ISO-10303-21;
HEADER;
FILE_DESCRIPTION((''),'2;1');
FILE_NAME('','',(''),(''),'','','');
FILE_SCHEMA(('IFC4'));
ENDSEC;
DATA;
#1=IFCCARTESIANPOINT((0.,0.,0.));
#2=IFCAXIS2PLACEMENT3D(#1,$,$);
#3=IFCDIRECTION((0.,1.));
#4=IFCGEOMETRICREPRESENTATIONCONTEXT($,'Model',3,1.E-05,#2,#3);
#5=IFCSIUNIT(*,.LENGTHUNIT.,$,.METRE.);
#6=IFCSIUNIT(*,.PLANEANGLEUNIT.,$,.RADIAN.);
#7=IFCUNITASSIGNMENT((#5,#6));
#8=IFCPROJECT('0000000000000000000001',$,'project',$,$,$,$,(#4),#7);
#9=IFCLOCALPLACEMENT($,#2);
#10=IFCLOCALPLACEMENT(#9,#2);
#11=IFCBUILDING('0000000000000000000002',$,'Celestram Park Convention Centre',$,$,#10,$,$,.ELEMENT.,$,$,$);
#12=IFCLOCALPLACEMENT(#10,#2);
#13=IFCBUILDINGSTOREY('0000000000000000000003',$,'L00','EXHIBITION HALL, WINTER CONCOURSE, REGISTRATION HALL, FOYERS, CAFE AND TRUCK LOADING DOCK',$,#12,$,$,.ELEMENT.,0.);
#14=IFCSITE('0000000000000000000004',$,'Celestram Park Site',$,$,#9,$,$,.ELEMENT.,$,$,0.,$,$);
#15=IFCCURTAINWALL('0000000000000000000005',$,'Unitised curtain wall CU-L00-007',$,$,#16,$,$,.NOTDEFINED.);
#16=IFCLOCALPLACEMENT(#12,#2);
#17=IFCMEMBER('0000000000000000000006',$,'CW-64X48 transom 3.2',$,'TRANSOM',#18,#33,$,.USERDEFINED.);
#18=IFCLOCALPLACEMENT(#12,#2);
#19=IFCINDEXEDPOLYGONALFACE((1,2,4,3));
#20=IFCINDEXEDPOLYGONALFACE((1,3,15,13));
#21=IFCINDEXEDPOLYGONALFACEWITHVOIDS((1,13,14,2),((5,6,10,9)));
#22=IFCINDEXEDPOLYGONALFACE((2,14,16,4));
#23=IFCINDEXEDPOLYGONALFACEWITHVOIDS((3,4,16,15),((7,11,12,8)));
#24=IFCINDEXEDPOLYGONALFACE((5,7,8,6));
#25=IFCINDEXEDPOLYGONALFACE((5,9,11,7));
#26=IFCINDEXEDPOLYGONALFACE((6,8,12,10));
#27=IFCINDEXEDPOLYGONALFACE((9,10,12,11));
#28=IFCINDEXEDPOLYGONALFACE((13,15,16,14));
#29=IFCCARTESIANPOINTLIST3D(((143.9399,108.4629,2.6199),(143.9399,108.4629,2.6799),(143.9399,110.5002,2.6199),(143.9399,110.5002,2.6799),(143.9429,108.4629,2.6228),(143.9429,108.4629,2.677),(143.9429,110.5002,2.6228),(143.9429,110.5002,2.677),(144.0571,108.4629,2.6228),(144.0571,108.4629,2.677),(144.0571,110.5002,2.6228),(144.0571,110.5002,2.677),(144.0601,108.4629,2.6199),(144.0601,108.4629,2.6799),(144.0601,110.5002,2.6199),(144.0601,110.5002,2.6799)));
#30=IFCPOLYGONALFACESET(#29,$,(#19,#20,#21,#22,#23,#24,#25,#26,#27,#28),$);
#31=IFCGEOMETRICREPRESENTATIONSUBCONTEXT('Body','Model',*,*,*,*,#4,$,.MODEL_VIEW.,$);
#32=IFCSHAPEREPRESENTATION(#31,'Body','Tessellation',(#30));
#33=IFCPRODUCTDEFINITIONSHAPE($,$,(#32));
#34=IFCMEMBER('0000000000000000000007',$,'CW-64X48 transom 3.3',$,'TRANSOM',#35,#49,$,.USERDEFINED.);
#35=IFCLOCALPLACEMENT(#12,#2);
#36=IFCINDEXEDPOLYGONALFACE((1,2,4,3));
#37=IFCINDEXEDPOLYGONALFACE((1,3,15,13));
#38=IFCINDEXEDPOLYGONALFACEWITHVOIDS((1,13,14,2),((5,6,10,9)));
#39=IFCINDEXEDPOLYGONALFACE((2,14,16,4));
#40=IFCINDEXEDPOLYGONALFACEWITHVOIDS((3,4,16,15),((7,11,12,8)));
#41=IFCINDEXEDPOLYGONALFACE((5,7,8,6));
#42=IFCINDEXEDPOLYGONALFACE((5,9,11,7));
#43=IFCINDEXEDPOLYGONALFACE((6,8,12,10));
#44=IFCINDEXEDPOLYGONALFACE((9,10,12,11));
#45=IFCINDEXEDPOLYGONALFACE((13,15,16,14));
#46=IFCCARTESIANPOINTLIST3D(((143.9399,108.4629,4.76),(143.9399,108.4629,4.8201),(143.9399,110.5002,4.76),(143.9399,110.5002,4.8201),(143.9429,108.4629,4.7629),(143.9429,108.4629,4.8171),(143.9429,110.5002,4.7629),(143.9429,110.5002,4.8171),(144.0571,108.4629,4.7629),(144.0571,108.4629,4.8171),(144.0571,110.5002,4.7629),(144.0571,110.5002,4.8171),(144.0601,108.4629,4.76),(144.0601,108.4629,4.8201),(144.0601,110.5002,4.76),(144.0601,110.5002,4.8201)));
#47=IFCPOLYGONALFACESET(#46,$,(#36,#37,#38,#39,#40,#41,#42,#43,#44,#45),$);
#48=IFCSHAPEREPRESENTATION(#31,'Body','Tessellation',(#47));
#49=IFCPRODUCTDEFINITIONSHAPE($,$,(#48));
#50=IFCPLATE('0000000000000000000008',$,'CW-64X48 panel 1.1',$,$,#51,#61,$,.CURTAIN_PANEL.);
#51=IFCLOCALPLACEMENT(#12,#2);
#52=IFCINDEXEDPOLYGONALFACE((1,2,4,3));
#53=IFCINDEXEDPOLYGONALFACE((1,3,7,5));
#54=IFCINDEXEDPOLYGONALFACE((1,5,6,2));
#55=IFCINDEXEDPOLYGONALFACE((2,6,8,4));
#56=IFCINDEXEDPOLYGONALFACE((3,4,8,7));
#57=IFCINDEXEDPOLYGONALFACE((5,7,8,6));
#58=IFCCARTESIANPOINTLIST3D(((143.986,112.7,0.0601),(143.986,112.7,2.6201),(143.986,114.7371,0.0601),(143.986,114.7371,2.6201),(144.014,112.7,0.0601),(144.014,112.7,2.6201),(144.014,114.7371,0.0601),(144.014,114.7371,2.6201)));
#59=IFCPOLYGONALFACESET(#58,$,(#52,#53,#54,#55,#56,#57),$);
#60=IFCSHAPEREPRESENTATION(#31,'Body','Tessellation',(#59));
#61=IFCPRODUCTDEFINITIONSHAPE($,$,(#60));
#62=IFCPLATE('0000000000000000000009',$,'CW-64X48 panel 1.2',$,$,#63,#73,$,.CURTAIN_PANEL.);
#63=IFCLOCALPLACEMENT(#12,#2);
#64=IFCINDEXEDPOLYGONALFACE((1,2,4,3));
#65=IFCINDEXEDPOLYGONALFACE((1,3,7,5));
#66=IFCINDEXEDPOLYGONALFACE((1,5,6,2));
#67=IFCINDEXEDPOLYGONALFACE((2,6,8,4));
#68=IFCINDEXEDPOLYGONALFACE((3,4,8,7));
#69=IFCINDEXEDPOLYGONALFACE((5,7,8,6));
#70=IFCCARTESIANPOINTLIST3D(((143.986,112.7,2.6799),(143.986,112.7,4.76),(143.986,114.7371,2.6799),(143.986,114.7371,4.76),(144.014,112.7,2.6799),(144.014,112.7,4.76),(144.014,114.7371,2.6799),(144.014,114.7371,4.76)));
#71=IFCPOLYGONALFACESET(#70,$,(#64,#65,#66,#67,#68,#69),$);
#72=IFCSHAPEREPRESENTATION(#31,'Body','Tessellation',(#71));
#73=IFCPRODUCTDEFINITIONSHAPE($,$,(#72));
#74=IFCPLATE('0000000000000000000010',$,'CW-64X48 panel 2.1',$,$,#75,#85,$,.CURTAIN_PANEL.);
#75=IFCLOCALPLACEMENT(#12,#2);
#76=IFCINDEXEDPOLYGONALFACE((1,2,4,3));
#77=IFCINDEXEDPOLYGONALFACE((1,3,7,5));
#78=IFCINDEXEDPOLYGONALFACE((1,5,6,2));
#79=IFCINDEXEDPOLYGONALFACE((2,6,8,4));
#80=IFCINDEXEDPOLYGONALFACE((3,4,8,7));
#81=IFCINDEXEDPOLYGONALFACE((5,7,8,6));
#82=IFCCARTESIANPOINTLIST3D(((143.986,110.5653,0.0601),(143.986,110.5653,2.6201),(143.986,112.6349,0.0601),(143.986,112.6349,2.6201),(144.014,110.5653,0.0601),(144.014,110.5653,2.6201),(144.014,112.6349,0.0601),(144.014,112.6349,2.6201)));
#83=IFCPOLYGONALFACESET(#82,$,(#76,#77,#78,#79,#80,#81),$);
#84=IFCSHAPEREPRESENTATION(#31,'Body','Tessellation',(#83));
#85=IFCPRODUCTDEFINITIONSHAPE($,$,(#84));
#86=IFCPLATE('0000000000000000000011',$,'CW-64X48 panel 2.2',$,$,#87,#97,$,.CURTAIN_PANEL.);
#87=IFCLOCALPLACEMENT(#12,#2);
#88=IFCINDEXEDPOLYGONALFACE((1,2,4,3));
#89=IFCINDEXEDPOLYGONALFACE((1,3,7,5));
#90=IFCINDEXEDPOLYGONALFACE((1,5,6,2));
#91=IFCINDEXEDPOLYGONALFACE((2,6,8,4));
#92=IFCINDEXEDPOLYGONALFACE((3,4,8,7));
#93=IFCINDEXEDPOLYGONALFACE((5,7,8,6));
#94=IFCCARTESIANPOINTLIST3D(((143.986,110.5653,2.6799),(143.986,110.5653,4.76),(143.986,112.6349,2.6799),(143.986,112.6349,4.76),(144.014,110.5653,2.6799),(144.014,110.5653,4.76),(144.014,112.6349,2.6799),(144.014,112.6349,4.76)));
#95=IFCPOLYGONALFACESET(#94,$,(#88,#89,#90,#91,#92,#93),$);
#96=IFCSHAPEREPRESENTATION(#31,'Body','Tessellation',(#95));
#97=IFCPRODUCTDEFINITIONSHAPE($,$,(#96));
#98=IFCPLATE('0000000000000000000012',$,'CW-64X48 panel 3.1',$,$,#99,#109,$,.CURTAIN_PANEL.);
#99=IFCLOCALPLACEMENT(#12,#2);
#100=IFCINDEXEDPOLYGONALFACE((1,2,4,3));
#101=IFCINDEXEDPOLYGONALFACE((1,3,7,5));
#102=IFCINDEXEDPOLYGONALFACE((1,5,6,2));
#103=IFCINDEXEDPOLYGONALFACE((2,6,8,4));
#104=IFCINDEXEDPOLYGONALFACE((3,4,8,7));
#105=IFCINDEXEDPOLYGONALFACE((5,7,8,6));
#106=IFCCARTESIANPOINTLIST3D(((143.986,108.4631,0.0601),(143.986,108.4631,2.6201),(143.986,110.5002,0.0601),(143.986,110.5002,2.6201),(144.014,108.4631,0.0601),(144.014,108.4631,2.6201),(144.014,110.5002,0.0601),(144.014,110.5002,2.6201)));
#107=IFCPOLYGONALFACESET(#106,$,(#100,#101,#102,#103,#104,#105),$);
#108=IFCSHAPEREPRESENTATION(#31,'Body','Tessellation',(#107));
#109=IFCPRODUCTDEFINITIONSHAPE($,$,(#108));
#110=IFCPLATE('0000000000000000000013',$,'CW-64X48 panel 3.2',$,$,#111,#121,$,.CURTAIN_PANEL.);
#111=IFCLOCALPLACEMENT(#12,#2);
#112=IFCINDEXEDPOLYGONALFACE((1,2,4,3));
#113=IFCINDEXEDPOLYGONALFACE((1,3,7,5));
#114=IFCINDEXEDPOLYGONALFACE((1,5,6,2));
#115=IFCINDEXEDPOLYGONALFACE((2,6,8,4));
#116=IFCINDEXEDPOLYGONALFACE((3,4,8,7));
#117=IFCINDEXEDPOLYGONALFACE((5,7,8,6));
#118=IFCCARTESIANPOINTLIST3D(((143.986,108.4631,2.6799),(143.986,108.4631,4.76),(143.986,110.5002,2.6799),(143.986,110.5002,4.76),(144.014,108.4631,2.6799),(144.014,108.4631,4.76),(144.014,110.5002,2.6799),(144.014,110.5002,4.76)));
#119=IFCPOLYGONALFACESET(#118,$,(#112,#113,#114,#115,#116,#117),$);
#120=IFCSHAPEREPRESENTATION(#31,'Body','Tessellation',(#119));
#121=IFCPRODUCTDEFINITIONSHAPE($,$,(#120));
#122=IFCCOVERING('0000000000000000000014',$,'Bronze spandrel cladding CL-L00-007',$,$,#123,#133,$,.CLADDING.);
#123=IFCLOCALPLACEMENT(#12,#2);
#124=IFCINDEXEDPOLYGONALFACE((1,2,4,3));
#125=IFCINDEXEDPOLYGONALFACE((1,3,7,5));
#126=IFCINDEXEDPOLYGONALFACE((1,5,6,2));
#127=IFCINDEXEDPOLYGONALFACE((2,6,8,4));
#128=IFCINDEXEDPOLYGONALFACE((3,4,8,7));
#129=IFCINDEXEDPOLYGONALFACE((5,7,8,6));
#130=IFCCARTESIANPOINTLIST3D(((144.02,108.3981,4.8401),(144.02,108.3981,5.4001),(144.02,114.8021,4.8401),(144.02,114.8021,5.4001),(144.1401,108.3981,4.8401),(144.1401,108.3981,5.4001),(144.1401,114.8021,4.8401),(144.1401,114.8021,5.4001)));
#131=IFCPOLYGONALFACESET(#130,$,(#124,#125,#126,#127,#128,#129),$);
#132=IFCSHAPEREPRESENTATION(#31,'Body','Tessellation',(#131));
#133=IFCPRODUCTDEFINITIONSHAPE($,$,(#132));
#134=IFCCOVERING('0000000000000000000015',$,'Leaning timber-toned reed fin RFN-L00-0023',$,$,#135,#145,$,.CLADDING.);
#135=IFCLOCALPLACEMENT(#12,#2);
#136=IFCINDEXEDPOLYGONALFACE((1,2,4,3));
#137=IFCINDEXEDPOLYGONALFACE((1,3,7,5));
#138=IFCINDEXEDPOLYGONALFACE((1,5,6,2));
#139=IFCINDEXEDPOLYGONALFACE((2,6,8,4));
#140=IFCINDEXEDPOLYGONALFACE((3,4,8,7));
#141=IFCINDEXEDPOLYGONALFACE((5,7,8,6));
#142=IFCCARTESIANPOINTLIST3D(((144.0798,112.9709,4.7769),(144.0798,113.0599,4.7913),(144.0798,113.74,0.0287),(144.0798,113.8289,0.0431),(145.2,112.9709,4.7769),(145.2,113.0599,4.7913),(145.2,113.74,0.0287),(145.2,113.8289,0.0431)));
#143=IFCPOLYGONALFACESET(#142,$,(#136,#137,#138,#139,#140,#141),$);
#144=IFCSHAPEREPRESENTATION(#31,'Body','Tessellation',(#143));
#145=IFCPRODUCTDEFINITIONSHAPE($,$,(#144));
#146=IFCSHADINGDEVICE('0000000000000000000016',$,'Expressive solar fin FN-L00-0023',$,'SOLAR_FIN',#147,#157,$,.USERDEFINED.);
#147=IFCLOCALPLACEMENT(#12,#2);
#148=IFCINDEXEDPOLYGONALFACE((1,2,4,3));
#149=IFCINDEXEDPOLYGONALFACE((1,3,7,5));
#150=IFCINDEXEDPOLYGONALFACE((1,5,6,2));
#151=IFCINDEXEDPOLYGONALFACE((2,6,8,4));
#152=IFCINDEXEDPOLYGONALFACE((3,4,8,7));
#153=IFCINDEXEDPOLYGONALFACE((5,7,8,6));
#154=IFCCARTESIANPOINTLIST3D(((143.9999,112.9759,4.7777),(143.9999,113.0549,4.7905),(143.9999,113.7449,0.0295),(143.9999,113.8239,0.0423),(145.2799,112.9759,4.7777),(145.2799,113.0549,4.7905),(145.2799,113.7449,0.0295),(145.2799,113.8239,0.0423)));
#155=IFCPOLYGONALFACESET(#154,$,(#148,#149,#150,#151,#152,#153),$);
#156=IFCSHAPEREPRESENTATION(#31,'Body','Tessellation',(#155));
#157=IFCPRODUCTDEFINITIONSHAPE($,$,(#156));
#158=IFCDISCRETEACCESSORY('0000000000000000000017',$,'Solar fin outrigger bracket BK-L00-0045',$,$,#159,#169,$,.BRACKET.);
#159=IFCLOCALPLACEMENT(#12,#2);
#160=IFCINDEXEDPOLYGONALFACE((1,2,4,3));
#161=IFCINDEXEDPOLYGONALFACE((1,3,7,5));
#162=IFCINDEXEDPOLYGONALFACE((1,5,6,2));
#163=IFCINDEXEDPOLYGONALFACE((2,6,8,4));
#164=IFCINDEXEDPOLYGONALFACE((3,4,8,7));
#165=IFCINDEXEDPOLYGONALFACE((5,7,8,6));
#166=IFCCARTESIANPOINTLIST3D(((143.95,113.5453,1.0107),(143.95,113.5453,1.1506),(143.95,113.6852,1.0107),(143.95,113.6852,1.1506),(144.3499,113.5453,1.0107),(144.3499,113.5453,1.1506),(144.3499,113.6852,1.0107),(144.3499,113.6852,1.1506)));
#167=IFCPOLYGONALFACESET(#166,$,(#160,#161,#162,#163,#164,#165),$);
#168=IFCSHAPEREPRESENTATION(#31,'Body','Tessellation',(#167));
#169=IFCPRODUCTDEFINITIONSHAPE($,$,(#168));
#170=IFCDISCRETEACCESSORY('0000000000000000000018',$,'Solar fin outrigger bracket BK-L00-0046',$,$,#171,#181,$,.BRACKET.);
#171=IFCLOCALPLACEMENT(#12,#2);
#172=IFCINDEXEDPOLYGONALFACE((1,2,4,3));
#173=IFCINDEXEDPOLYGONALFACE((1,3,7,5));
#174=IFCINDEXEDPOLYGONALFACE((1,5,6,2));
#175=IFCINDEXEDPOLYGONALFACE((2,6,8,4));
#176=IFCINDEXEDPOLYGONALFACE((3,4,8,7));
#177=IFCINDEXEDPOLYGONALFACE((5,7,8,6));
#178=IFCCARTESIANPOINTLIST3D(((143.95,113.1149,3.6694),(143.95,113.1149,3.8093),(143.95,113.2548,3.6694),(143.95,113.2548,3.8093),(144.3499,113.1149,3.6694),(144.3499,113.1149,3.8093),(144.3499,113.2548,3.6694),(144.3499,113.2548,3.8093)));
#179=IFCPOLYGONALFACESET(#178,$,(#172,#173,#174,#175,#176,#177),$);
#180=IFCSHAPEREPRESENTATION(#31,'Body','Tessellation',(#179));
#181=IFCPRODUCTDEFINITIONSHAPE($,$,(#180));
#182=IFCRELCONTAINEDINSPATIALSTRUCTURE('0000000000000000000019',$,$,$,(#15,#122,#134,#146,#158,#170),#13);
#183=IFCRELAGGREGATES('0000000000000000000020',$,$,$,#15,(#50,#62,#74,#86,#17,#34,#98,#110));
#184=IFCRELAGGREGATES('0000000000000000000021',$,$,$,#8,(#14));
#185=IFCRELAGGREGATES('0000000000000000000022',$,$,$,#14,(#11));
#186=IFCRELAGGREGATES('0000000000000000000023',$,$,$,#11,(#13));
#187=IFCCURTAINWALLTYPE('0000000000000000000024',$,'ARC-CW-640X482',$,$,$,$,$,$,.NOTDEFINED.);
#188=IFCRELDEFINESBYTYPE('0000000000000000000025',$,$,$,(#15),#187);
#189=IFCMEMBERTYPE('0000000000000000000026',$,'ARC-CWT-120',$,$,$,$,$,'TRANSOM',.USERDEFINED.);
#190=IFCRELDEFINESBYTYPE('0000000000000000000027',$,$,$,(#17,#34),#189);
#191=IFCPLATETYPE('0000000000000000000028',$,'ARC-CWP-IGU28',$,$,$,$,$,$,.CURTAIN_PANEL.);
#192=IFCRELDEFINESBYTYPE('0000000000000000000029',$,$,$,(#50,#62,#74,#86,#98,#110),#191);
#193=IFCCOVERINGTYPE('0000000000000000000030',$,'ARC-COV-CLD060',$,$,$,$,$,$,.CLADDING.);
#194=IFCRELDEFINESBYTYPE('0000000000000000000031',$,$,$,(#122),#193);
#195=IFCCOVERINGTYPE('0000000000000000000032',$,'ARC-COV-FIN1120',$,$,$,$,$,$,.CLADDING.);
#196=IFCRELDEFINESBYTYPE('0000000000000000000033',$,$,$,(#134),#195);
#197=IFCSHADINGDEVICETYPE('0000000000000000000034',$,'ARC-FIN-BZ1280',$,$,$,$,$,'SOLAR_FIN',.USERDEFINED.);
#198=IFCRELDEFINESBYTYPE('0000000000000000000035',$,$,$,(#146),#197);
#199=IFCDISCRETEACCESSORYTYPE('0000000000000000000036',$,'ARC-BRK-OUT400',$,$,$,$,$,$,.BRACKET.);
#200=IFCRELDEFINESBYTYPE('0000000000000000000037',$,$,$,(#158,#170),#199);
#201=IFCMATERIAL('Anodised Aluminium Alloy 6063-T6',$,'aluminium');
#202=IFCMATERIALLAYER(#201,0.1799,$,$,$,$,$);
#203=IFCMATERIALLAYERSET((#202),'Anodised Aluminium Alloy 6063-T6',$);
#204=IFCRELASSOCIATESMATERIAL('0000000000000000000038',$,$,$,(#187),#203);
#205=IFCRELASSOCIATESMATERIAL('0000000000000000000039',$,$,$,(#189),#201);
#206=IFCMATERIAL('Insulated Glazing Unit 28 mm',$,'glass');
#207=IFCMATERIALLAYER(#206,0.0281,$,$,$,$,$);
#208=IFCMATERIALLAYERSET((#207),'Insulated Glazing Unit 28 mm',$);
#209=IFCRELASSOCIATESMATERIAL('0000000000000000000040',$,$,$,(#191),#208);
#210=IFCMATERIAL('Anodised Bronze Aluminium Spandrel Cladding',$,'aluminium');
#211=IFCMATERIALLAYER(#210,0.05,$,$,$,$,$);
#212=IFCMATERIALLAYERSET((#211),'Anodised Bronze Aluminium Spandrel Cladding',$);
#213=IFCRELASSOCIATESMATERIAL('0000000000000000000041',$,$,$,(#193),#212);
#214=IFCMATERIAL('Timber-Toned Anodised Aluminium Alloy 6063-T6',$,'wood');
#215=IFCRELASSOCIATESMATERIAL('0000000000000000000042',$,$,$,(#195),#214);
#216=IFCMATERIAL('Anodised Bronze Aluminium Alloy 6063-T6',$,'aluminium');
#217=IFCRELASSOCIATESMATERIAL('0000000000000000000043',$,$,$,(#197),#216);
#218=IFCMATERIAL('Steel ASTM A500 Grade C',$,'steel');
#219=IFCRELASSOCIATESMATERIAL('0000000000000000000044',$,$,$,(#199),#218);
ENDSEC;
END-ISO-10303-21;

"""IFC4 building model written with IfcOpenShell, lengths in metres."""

from ifc_helpers import new_model, si_unit, direction, frame, origin, origin_2d, place, context, subcontext, project, spatial, rectangle, hollow_rectangle, extrude, material, layer, layer_set, material_profile, profile_set, type_object, element, aggregate, save


model = new_model("IFC4")

# Units and contexts
model_context = context("Model", 3, precision=1e-05, world=origin(), true_north=direction((0.0, 1.0)))
body_context = subcontext(model_context, "Body", "Model", "MODEL_VIEW")
ifc_project = project(units=[si_unit("LENGTHUNIT", "METRE"), si_unit("PLANEANGLEUNIT", "RADIAN")], contexts=[model_context])

# Site, building, storey
site_placement = place(None, origin())
site = spatial("IfcSite", under=ifc_project, at=site_placement, Name="Celestram Park Site", CompositionType="ELEMENT", RefElevation=0.0)
building_placement = place(site_placement, origin())
building = spatial("IfcBuilding", under=site, at=building_placement, Name="Celestram Park Convention Centre", CompositionType="ELEMENT")
storey_placement = place(building_placement, origin())
storey = spatial("IfcBuildingStorey", under=building, at=storey_placement, Name="L00", Description="EXHIBITION HALL, WINTER CONCOURSE, REGISTRATION HALL, FOYERS, CAFE AND TRUCK LOADING DOCK", CompositionType="ELEMENT", Elevation=0.0)

# Curtain wall, members, plates
ifc_material_1 = material(Name="Anodised Aluminium Alloy 6063-T6", Category="aluminium")
ifc_layer_1 = layer(ifc_material_1, 0.1799)
ifc_layer_set_1 = layer_set([ifc_layer_1], Name="Anodised Aluminium Alloy 6063-T6")
curtain_wall_type = type_object("IfcCurtainWallType", Name="ARC-CW-640X482", PredefinedType="NOTDEFINED", material=ifc_layer_set_1)
curtain_wall_placement = place(storey_placement, origin())
curtain_wall = element("IfcCurtainWall", 1, at=curtain_wall_placement, inside=storey, type_object=curtain_wall_type, Name="Unitised curtain wall CU-L00-007", PredefinedType="NOTDEFINED")
ifc_material_profile_1 = material_profile(ifc_material_1, hollow_rectangle(XDim=0.1201, YDim=0.0601, WallThickness=0.0029, at=origin_2d()), Name="ALU120X60X3")
ifc_profile_set_1 = profile_set([ifc_material_profile_1], Name="Anodised Aluminium Alloy 6063-T6")
member_type_1 = type_object("IfcMemberType", Name="ARC-CWT-120", ElementType="TRANSOM", PredefinedType="USERDEFINED", material=ifc_profile_set_1)
member_1_placement = place(storey_placement, frame((144.0, 110.5002, 2.6499), z_axis=(0.0, -1.0, 0.0), x_axis=(1.0, 0.0, 0.0)))
member_1 = element("IfcMember", 2, at=member_1_placement, type_object=member_type_1, Name="CW-64X48 transom 3.2", ObjectType="TRANSOM", PredefinedType="USERDEFINED", context=body_context, shape_type="SweptSolid", body=[
    extrude(hollow_rectangle(XDim=0.1201, YDim=0.0601, WallThickness=0.0029, at=origin_2d()), origin(), (0.0, 0.0, 1.0), 2.0374),
])
member_2_placement = place(storey_placement, frame((144.0, 110.5002, 4.79), z_axis=(0.0, -1.0, 0.0), x_axis=(1.0, 0.0, 0.0)))
member_2 = element("IfcMember", 3, at=member_2_placement, type_object=member_type_1, Name="CW-64X48 transom 3.3", ObjectType="TRANSOM", PredefinedType="USERDEFINED", context=body_context, shape_type="SweptSolid", body=[
    extrude(hollow_rectangle(XDim=0.1201, YDim=0.0601, WallThickness=0.0029, at=origin_2d()), origin(), (0.0, 0.0, 1.0), 2.0374),
])
ifc_material_2 = material(Name="Insulated Glazing Unit 28 mm", Category="glass")
ifc_layer_2 = layer(ifc_material_2, 0.0281)
ifc_layer_set_2 = layer_set([ifc_layer_2], Name="Insulated Glazing Unit 28 mm")
plate_type = type_object("IfcPlateType", Name="ARC-CWP-IGU28", PredefinedType="CURTAIN_PANEL", material=ifc_layer_set_2)
plate_1_placement = place(storey_placement, frame((144.0, 113.7185, 0.0601), z_axis=(0.0, 0.0, 1.0), x_axis=(0.0, -1.0, 0.0)))
plate_1 = element("IfcPlate", 4, at=plate_1_placement, type_object=plate_type, Name="CW-64X48 panel 1.1", PredefinedType="CURTAIN_PANEL", context=body_context, shape_type="SweptSolid", body=[
    extrude(rectangle(XDim=2.0371, YDim=0.0281, at=origin_2d()), origin(), (0.0, 0.0, 1.0), 2.5601),
])
plate_2_placement = place(storey_placement, frame((144.0, 113.7185, 2.6799), z_axis=(0.0, 0.0, 1.0), x_axis=(0.0, -1.0, 0.0)))
plate_2 = element("IfcPlate", 5, at=plate_2_placement, type_object=plate_type, Name="CW-64X48 panel 1.2", PredefinedType="CURTAIN_PANEL", context=body_context, shape_type="SweptSolid", body=[
    extrude(rectangle(XDim=2.0371, YDim=0.0281, at=origin_2d()), origin(), (0.0, 0.0, 1.0), 2.0801),
])
plate_3_placement = place(storey_placement, frame((144.0, 111.6001, 0.0601), z_axis=(0.0, 0.0, 1.0), x_axis=(0.0, -1.0, 0.0)))
plate_3 = element("IfcPlate", 6, at=plate_3_placement, type_object=plate_type, Name="CW-64X48 panel 2.1", PredefinedType="CURTAIN_PANEL", context=body_context, shape_type="SweptSolid", body=[
    extrude(rectangle(XDim=2.0696, YDim=0.0281, at=origin_2d()), origin(), (0.0, 0.0, 1.0), 2.5601),
])
plate_4_placement = place(storey_placement, frame((144.0, 111.6001, 2.6799), z_axis=(0.0, 0.0, 1.0), x_axis=(0.0, -1.0, 0.0)))
plate_4 = element("IfcPlate", 7, at=plate_4_placement, type_object=plate_type, Name="CW-64X48 panel 2.2", PredefinedType="CURTAIN_PANEL", context=body_context, shape_type="SweptSolid", body=[
    extrude(rectangle(XDim=2.0696, YDim=0.0281, at=origin_2d()), origin(), (0.0, 0.0, 1.0), 2.0801),
])
plate_5_placement = place(storey_placement, frame((144.0, 109.4817, 0.0601), z_axis=(0.0, 0.0, 1.0), x_axis=(0.0, -1.0, 0.0)))
plate_5 = element("IfcPlate", 8, at=plate_5_placement, type_object=plate_type, Name="CW-64X48 panel 3.1", PredefinedType="CURTAIN_PANEL", context=body_context, shape_type="SweptSolid", body=[
    extrude(rectangle(XDim=2.0371, YDim=0.0281, at=origin_2d()), origin(), (0.0, 0.0, 1.0), 2.5601),
])
plate_6_placement = place(storey_placement, frame((144.0, 109.4817, 2.6799), z_axis=(0.0, 0.0, 1.0), x_axis=(0.0, -1.0, 0.0)))
plate_6 = element("IfcPlate", 9, at=plate_6_placement, type_object=plate_type, Name="CW-64X48 panel 3.2", PredefinedType="CURTAIN_PANEL", context=body_context, shape_type="SweptSolid", body=[
    extrude(rectangle(XDim=2.0371, YDim=0.0281, at=origin_2d()), origin(), (0.0, 0.0, 1.0), 2.0801),
])
aggregate(curtain_wall, [plate_1, plate_2, plate_3, plate_4, member_1, member_2, plate_5, plate_6])

# Coverings
ifc_material_3 = material(Name="Anodised Bronze Aluminium Spandrel Cladding", Category="aluminium")
ifc_layer_3 = layer(ifc_material_3, 0.05)
ifc_layer_set_3 = layer_set([ifc_layer_3], Name="Anodised Bronze Aluminium Spandrel Cladding")
covering_type_1 = type_object("IfcCoveringType", Name="ARC-COV-CLD060", PredefinedType="CLADDING", material=ifc_layer_set_3)
covering_1_placement = place(storey_placement, frame((144.0801, 111.6001, 4.8401), z_axis=(0.0, 0.0, 1.0), x_axis=(0.0, -1.0, 0.0)))
element("IfcCovering", 10, at=covering_1_placement, inside=storey, type_object=covering_type_1, Name="Bronze spandrel cladding CL-L00-007", PredefinedType="CLADDING", context=body_context, shape_type="SweptSolid", body=[
    extrude(rectangle(XDim=6.4041, YDim=0.1201, at=origin_2d()), origin(), (0.0, 0.0, 1.0), 0.5601),
])
ifc_material_4 = material(Name="Timber-Toned Anodised Aluminium Alloy 6063-T6", Category="wood")
ifc_material_profile_2 = material_profile(ifc_material_4, rectangle(XDim=1.1201, YDim=0.0901, at=origin_2d()), Name="REED1120X90")
ifc_profile_set_2 = profile_set([ifc_material_profile_2], Name="Timber-Toned Anodised Aluminium Alloy 6063-T6")
covering_type_2 = type_object("IfcCoveringType", Name="ARC-COV-FIN1120", PredefinedType="CLADDING", material=ifc_profile_set_2)
covering_2_placement = place(storey_placement, frame((144.6399, 113.7844, 0.0359), z_axis=(0.0, -0.159879, 0.987137), x_axis=(1.0, 0.0, 0.0)))
element("IfcCovering", 11, at=covering_2_placement, inside=storey, type_object=covering_type_2, Name="Leaning timber-toned reed fin RFN-L00-0023", PredefinedType="CLADDING", context=body_context, shape_type="SweptSolid", body=[
    extrude(rectangle(XDim=1.1201, YDim=0.0901, at=origin_2d()), origin(), (0.0, 0.0, 1.0), 4.8101),
])

# Shading device
ifc_material_5 = material(Name="Anodised Bronze Aluminium Alloy 6063-T6", Category="aluminium")
ifc_material_profile_3 = material_profile(ifc_material_5, rectangle(XDim=1.28, YDim=0.0801, at=origin_2d()), Name="FIN1280X80")
ifc_profile_set_3 = profile_set([ifc_material_profile_3], Name="Anodised Bronze Aluminium Alloy 6063-T6")
shading_device_type = type_object("IfcShadingDeviceType", Name="ARC-FIN-BZ1280", ElementType="SOLAR_FIN", PredefinedType="USERDEFINED", material=ifc_profile_set_3)
shading_device_placement = place(storey_placement, frame((144.6399, 113.7844, 0.0359), z_axis=(0.0, -0.159879, 0.987137), x_axis=(1.0, 0.0, 0.0)))
element("IfcShadingDevice", 12, at=shading_device_placement, inside=storey, type_object=shading_device_type, Name="Expressive solar fin FN-L00-0023", ObjectType="SOLAR_FIN", PredefinedType="USERDEFINED", context=body_context, shape_type="SweptSolid", body=[
    extrude(rectangle(XDim=1.28, YDim=0.0801, at=origin_2d()), origin(), (0.0, 0.0, 1.0), 4.8101),
])

# Discrete accessories
ifc_material_6 = material(Name="Steel ASTM A500 Grade C", Category="steel")
discrete_accessory_type = type_object("IfcDiscreteAccessoryType", Name="ARC-BRK-OUT400", PredefinedType="BRACKET", material=ifc_material_6)
for number, where, z_axis, x_axis, name in (
    (13, (144.1499, 113.6152, 1.0107), (0.0, 0.0, 1.0), (1.0, 0.0, 0.0), "Solar fin outrigger bracket BK-L00-0045"),
    (14, (144.1499, 113.1848, 3.6694), (0.0, 0.0, 1.0), (1.0, 0.0, 0.0), "Solar fin outrigger bracket BK-L00-0046"),
):
    element("IfcDiscreteAccessory", number, at=place(storey_placement, frame(where, z_axis=z_axis, x_axis=x_axis)), inside=storey, type_object=discrete_accessory_type, Name=name, PredefinedType="BRACKET", context=body_context, shape_type="SweptSolid", body=[
        extrude(rectangle(XDim=0.3999, YDim=0.1399, at=origin_2d()), origin(), (0.0, 0.0, 1.0), 0.1399),
    ])

save(model, "model.ifc")
